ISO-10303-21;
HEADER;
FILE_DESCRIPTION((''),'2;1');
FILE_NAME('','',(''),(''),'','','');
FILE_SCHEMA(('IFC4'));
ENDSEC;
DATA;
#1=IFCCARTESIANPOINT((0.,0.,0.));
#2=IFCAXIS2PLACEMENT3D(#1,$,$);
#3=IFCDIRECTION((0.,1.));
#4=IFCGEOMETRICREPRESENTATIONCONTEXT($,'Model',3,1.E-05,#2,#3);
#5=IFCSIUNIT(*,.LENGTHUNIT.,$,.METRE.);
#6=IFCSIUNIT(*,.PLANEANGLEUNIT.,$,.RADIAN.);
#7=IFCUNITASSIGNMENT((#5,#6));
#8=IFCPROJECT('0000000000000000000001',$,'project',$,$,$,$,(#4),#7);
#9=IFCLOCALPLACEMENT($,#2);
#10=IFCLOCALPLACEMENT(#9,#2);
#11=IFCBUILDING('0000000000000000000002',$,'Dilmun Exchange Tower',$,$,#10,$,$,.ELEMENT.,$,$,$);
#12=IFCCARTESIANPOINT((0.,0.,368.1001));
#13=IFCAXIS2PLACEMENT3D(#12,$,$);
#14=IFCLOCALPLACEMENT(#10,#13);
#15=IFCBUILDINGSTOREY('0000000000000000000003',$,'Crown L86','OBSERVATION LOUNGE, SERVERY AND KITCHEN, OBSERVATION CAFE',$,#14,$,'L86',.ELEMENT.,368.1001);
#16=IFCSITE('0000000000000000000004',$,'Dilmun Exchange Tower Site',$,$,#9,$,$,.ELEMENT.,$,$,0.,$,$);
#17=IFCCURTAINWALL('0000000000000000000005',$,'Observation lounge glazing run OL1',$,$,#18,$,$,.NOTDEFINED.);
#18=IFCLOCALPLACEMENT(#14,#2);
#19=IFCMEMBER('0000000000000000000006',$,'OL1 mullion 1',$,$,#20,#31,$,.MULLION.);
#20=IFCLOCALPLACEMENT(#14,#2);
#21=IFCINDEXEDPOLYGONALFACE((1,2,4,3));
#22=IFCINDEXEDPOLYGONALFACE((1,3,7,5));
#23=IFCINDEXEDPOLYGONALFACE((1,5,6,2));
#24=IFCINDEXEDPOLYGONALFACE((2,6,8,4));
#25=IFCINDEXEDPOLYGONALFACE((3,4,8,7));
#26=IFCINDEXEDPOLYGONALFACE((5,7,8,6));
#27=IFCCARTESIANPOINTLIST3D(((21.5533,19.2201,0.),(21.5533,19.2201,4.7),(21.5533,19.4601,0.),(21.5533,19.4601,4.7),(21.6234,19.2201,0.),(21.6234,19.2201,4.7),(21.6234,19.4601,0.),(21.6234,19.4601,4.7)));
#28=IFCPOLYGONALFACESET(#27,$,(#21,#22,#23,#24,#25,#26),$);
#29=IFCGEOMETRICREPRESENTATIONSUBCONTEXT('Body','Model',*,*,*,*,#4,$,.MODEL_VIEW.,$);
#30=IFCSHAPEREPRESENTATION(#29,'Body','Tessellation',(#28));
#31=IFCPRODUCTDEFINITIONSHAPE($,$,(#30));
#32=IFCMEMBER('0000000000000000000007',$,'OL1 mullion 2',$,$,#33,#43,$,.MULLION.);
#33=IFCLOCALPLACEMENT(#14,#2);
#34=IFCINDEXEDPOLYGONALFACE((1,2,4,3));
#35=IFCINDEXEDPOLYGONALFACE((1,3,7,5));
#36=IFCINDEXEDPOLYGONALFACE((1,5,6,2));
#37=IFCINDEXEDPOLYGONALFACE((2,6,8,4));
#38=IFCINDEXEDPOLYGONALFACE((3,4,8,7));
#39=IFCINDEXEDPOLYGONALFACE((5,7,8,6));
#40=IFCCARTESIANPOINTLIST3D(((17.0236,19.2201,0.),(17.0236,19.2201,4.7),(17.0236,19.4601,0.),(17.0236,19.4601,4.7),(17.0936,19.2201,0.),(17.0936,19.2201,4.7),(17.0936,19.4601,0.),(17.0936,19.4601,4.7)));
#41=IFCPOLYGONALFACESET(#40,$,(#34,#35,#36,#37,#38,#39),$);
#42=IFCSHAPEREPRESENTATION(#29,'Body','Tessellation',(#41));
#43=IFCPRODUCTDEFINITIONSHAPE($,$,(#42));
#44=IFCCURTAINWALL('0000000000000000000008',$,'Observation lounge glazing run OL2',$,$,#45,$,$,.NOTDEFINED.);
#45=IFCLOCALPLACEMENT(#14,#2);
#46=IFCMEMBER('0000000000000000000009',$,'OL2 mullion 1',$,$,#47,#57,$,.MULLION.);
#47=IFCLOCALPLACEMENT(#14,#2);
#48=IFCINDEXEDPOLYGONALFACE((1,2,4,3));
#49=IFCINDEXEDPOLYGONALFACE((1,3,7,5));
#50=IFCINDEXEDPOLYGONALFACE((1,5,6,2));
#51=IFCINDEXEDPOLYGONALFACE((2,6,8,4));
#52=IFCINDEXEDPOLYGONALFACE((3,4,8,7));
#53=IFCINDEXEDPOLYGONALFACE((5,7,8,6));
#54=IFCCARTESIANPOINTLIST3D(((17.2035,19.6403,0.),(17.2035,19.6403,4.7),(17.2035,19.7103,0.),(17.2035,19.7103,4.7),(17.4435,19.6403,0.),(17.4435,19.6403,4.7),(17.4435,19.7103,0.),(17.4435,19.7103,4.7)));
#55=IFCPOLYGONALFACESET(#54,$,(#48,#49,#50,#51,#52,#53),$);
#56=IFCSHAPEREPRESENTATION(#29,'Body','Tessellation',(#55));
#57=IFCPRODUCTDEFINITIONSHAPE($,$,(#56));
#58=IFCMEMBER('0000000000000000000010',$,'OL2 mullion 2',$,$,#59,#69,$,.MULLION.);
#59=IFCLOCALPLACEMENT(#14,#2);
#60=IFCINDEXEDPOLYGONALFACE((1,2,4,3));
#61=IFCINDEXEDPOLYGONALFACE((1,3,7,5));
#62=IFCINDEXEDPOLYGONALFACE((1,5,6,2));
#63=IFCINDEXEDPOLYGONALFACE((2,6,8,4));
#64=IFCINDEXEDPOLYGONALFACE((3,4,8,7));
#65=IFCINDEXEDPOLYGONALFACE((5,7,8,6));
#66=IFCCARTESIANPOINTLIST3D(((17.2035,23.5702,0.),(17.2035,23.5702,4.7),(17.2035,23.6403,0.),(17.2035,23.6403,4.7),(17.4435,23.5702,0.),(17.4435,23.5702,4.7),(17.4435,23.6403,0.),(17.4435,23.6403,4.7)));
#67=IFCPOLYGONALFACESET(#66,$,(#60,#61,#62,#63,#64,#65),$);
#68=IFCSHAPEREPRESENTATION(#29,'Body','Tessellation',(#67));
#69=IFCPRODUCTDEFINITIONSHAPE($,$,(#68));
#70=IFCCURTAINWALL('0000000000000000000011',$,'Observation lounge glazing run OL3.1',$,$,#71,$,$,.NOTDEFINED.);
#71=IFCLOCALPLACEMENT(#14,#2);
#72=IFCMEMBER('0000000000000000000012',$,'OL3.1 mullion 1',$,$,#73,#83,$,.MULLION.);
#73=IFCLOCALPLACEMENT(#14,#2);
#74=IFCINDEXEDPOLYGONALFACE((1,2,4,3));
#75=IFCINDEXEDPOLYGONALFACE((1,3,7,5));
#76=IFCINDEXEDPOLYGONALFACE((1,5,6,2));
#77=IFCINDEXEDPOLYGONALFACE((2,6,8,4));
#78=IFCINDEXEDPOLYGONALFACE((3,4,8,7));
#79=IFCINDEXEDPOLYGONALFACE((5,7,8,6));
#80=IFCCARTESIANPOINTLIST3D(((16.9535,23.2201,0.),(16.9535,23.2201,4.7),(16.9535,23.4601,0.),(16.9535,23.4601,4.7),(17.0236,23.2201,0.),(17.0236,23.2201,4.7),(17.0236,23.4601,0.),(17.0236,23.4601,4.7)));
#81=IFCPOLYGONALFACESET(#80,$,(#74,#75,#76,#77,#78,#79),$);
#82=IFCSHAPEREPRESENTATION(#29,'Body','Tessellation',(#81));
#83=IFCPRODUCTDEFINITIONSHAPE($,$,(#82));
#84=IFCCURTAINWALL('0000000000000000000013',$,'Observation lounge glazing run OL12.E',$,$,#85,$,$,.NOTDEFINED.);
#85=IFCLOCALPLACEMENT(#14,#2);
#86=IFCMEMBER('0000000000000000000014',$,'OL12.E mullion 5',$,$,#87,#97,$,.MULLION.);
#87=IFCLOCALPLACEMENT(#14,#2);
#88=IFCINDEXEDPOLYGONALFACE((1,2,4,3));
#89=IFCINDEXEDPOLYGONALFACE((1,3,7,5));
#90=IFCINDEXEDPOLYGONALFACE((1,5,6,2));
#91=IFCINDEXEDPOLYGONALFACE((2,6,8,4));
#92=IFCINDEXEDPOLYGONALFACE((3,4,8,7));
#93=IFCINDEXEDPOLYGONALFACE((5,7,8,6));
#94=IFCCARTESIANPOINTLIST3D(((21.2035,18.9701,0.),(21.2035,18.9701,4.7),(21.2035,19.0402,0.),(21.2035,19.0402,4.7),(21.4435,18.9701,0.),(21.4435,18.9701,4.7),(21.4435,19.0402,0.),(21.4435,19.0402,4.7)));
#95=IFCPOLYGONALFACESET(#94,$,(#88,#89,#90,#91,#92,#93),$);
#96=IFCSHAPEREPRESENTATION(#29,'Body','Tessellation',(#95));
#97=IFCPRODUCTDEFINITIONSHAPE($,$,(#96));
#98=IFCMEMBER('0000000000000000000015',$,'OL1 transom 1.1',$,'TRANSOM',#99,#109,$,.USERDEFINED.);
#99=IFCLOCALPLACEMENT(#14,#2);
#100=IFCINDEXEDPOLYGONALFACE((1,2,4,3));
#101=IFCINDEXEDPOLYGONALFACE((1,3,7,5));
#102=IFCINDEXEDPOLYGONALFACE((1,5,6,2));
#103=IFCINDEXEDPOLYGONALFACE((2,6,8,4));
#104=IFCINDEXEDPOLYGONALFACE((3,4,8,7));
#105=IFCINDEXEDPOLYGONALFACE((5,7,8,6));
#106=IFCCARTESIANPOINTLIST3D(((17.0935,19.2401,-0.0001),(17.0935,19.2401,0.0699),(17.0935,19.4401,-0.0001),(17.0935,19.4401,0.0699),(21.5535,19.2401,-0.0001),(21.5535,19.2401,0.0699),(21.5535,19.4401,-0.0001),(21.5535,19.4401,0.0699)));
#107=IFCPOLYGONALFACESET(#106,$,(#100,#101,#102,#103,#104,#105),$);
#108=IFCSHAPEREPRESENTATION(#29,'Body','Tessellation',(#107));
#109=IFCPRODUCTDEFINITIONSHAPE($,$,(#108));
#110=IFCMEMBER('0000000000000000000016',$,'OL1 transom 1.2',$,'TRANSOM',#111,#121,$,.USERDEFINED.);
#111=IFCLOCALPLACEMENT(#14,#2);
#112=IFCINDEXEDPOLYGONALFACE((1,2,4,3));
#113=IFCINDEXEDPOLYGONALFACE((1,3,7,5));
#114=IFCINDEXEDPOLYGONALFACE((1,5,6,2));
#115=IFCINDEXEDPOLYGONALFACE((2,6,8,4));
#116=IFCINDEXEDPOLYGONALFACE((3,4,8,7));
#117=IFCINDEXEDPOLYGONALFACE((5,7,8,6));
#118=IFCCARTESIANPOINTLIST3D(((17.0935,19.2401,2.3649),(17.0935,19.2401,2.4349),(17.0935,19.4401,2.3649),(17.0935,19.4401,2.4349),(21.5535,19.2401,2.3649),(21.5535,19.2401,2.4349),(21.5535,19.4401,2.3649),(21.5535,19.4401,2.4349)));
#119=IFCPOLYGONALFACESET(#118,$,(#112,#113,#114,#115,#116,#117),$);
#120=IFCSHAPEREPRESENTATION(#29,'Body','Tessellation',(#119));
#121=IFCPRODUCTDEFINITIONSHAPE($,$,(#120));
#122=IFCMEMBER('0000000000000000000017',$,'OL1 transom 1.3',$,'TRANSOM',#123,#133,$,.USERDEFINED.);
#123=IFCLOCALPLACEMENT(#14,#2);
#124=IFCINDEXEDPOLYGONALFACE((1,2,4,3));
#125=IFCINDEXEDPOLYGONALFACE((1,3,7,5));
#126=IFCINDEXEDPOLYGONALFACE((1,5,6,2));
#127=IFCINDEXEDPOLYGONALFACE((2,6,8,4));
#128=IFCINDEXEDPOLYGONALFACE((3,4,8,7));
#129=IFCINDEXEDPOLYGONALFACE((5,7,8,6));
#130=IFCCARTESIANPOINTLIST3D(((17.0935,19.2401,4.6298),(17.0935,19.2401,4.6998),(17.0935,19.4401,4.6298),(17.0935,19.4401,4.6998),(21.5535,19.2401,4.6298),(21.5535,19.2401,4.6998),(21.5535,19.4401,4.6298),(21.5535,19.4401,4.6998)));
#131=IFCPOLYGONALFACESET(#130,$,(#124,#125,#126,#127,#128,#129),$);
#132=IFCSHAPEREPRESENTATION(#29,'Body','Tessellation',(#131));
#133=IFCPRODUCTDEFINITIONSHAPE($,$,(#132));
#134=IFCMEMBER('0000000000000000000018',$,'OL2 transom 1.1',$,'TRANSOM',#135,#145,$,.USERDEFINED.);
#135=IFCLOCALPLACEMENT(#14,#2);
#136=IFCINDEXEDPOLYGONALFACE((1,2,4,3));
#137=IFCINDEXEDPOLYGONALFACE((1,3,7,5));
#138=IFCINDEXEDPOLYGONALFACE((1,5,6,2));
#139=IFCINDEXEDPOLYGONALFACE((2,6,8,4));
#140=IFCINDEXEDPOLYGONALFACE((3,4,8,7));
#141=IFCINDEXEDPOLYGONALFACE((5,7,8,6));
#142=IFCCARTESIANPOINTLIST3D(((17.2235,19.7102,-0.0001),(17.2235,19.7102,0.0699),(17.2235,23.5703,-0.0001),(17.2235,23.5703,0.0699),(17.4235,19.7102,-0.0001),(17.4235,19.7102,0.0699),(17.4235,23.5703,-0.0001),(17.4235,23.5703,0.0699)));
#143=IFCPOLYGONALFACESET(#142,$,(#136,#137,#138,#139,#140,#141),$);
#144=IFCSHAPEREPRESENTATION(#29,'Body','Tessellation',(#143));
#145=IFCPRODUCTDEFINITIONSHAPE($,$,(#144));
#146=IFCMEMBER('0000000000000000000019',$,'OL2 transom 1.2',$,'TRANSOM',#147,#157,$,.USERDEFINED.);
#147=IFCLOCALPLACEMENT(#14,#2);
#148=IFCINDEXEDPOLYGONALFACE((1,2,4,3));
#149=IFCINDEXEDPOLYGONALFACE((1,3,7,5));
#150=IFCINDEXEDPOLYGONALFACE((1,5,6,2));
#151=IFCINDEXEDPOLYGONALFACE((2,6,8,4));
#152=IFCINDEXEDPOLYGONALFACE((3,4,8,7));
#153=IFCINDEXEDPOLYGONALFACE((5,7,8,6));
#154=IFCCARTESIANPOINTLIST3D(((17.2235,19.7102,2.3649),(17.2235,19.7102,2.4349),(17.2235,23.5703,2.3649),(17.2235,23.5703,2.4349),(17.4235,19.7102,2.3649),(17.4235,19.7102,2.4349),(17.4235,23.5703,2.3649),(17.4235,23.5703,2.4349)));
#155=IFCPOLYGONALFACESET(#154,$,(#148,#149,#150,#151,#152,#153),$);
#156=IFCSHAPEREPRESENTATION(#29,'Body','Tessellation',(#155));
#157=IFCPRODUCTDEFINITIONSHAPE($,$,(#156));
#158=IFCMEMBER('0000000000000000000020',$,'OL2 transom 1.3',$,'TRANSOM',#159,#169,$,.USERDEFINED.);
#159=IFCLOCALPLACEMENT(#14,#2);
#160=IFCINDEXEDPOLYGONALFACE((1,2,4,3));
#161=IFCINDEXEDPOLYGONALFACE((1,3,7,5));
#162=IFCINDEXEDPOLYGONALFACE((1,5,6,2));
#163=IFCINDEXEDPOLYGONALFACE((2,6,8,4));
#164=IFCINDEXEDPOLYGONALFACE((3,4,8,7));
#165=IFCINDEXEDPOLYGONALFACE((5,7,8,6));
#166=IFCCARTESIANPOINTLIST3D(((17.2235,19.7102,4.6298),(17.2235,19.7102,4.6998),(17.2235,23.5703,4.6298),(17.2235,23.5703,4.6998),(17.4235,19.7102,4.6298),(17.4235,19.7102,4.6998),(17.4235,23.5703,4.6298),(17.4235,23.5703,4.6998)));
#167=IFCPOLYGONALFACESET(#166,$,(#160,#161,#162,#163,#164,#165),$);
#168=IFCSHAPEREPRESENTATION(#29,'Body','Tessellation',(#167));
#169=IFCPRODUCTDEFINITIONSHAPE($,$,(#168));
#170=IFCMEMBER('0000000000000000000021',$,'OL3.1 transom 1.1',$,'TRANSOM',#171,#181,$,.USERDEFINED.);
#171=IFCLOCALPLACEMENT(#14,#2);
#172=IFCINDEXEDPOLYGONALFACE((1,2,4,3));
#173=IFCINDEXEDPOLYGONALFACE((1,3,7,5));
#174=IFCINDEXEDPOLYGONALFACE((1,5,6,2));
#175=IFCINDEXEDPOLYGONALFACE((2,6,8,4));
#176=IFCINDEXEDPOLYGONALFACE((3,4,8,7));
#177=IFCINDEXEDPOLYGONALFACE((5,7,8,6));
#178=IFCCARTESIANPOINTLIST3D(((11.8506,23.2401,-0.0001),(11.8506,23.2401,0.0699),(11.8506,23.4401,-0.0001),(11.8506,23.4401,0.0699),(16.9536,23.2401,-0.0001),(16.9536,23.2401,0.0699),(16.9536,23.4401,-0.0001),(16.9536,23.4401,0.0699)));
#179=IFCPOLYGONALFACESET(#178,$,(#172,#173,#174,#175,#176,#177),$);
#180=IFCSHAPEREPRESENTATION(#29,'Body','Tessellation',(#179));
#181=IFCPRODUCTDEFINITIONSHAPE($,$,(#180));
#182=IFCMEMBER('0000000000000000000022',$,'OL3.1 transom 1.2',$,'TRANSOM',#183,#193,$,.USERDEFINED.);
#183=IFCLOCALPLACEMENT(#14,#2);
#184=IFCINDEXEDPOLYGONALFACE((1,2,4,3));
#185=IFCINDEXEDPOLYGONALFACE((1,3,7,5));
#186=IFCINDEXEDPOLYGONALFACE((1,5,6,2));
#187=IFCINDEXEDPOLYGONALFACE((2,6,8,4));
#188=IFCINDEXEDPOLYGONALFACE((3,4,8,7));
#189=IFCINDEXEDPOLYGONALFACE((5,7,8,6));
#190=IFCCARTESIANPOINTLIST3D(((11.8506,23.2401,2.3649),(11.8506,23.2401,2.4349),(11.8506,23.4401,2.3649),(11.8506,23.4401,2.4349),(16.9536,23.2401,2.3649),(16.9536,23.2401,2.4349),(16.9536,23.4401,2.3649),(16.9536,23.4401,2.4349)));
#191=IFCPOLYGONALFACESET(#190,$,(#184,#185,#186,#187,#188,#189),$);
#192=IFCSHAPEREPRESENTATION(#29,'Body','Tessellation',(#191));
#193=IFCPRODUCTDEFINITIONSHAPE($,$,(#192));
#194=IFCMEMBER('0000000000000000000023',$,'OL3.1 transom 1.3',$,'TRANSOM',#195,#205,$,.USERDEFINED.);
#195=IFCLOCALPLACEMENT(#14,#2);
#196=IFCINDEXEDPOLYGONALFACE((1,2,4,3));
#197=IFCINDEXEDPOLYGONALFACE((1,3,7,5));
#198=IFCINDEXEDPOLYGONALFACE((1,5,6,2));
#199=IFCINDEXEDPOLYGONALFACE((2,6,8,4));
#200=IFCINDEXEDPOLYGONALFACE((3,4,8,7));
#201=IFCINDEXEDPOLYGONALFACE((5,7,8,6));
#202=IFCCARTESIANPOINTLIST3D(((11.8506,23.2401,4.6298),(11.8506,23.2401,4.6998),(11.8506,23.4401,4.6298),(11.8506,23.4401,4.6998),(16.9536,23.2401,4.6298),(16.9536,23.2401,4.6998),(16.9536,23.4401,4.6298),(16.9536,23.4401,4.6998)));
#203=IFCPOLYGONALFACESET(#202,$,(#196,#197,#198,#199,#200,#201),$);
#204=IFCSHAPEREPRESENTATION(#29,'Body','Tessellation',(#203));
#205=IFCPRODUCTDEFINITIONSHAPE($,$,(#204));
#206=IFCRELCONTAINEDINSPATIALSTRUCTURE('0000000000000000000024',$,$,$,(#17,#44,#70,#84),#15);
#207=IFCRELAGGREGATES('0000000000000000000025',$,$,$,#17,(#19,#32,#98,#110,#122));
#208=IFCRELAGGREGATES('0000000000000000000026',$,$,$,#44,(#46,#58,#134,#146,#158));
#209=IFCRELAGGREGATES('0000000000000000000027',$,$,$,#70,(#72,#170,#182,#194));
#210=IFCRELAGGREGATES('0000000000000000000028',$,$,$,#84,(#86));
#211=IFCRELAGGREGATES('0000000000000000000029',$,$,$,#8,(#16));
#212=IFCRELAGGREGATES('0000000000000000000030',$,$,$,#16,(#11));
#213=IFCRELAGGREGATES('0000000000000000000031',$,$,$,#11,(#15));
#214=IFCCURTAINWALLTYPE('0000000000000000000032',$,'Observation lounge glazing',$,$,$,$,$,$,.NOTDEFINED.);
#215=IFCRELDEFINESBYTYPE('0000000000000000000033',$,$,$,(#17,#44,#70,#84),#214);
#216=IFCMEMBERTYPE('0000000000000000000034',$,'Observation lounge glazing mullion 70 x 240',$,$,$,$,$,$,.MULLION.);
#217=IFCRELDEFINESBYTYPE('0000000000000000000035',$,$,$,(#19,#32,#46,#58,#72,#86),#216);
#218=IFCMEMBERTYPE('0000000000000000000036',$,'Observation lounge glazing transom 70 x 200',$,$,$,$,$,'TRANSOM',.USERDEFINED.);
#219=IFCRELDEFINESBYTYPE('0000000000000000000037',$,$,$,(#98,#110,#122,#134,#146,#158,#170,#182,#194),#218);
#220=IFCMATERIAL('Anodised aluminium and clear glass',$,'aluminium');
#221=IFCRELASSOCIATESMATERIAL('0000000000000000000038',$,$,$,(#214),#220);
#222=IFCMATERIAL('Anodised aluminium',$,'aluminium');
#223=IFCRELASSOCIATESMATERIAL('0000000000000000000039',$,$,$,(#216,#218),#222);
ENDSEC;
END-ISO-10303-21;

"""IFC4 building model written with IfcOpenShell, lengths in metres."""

from ifc_helpers import new_model, si_unit, direction, frame, origin, origin_2d, place, context, subcontext, project, spatial, rectangle, extrude, material, material_profile, profile_set, type_object, element, aggregate, save


model = new_model("IFC4")

# Units and contexts
model_context = context("Model", 3, precision=1e-05, world=origin(), true_north=direction((0.0, 1.0)))
body_context = subcontext(model_context, "Body", "Model", "MODEL_VIEW")
ifc_project = project(units=[si_unit("LENGTHUNIT", "METRE"), si_unit("PLANEANGLEUNIT", "RADIAN")], contexts=[model_context])

# Site, building, storey
site_placement = place(None, origin())
site = spatial("IfcSite", under=ifc_project, at=site_placement, Name="Dilmun Exchange Tower Site", CompositionType="ELEMENT", RefElevation=0.0)
building_placement = place(site_placement, origin())
building = spatial("IfcBuilding", under=site, at=building_placement, Name="Dilmun Exchange Tower", CompositionType="ELEMENT")
storey_placement = place(building_placement, frame((0.0, 0.0, 368.1001)))
storey = spatial("IfcBuildingStorey", under=building, at=storey_placement, Name="Crown L86", Description="OBSERVATION LOUNGE, SERVERY AND KITCHEN, OBSERVATION CAFE", LongName="L86", CompositionType="ELEMENT", Elevation=368.1001)

# Curtain walls, members
ifc_material_1 = material(Name="Anodised aluminium and clear glass", Category="aluminium")
curtain_wall_type = type_object("IfcCurtainWallType", Name="Observation lounge glazing", PredefinedType="NOTDEFINED", material=ifc_material_1)
curtain_wall_1_placement = place(storey_placement, origin())
curtain_wall_1 = element("IfcCurtainWall", 1, at=curtain_wall_1_placement, inside=storey, type_object=curtain_wall_type, Name="Observation lounge glazing run OL1", PredefinedType="NOTDEFINED")
ifc_material_2 = material(Name="Anodised aluminium", Category="aluminium")
ifc_material_profile_1 = material_profile(ifc_material_2, rectangle(XDim=0.24, YDim=0.0701, at=origin_2d()), Name="AL 70x240")
ifc_profile_set_1 = profile_set([ifc_material_profile_1], Name="Anodised aluminium")
member_type_1 = type_object("IfcMemberType", Name="Observation lounge glazing mullion 70 x 240", PredefinedType="MULLION", material=ifc_profile_set_1)
member_1_placement = place(storey_placement, frame((21.5884, 19.3401, 0.0), z_axis=(0.0, 0.0, 1.0), x_axis=(0.0, -1.0, 0.0)))
member_1 = element("IfcMember", 2, at=member_1_placement, type_object=member_type_1, Name="OL1 mullion 1", PredefinedType="MULLION", context=body_context, shape_type="SweptSolid", body=[
    extrude(rectangle(XDim=0.24, YDim=0.0701, at=origin_2d()), origin(), (0.0, 0.0, 1.0), 4.7),
])
member_2_placement = place(storey_placement, frame((17.0586, 19.3401, 0.0), z_axis=(0.0, 0.0, 1.0), x_axis=(0.0, -1.0, 0.0)))
member_2 = element("IfcMember", 3, at=member_2_placement, type_object=member_type_1, Name="OL1 mullion 2", PredefinedType="MULLION", context=body_context, shape_type="SweptSolid", body=[
    extrude(rectangle(XDim=0.24, YDim=0.0701, at=origin_2d()), origin(), (0.0, 0.0, 1.0), 4.7),
])
curtain_wall_2_placement = place(storey_placement, origin())
curtain_wall_2 = element("IfcCurtainWall", 4, at=curtain_wall_2_placement, inside=storey, type_object=curtain_wall_type, Name="Observation lounge glazing run OL2", PredefinedType="NOTDEFINED")
member_3_placement = place(storey_placement, frame((17.3235, 19.6753, 0.0), z_axis=(0.0, 0.0, 1.0), x_axis=(-1.0, 0.0, 0.0)))
member_3 = element("IfcMember", 5, at=member_3_placement, type_object=member_type_1, Name="OL2 mullion 1", PredefinedType="MULLION", context=body_context, shape_type="SweptSolid", body=[
    extrude(rectangle(XDim=0.24, YDim=0.0701, at=origin_2d()), origin(), (0.0, 0.0, 1.0), 4.7),
])
member_4_placement = place(storey_placement, frame((17.3235, 23.6052, 0.0), z_axis=(0.0, 0.0, 1.0), x_axis=(-1.0, 0.0, 0.0)))
member_4 = element("IfcMember", 6, at=member_4_placement, type_object=member_type_1, Name="OL2 mullion 2", PredefinedType="MULLION", context=body_context, shape_type="SweptSolid", body=[
    extrude(rectangle(XDim=0.24, YDim=0.0701, at=origin_2d()), origin(), (0.0, 0.0, 1.0), 4.7),
])

# Curtain walls, members
curtain_wall_3_placement = place(storey_placement, origin())
curtain_wall_3 = element("IfcCurtainWall", 7, at=curtain_wall_3_placement, inside=storey, type_object=curtain_wall_type, Name="Observation lounge glazing run OL3.1", PredefinedType="NOTDEFINED")
member_5_placement = place(storey_placement, frame((16.9885, 23.3401, 0.0), z_axis=(0.0, 0.0, 1.0), x_axis=(0.0, -1.0, 0.0)))
member_5 = element("IfcMember", 8, at=member_5_placement, type_object=member_type_1, Name="OL3.1 mullion 1", PredefinedType="MULLION", context=body_context, shape_type="SweptSolid", body=[
    extrude(rectangle(XDim=0.24, YDim=0.0701, at=origin_2d()), origin(), (0.0, 0.0, 1.0), 4.7),
])
curtain_wall_4_placement = place(storey_placement, origin())
curtain_wall_4 = element("IfcCurtainWall", 9, at=curtain_wall_4_placement, inside=storey, type_object=curtain_wall_type, Name="Observation lounge glazing run OL12.E", PredefinedType="NOTDEFINED")
member_6_placement = place(storey_placement, frame((21.3235, 19.0051, 0.0), z_axis=(0.0, 0.0, 1.0), x_axis=(-1.0, 0.0, 0.0)))
member_6 = element("IfcMember", 10, at=member_6_placement, type_object=member_type_1, Name="OL12.E mullion 5", PredefinedType="MULLION", context=body_context, shape_type="SweptSolid", body=[
    extrude(rectangle(XDim=0.24, YDim=0.0701, at=origin_2d()), origin(), (0.0, 0.0, 1.0), 4.7),
])

# Members
ifc_material_profile_2 = material_profile(ifc_material_2, rectangle(XDim=0.2, YDim=0.0701, at=origin_2d()), Name="AL 70x200")
ifc_profile_set_2 = profile_set([ifc_material_profile_2], Name="Anodised aluminium")
member_type_2 = type_object("IfcMemberType", Name="Observation lounge glazing transom 70 x 200", ElementType="TRANSOM", PredefinedType="USERDEFINED", material=ifc_profile_set_2)
member_7_placement = place(storey_placement, frame((21.5535, 19.3401, 0.0349), z_axis=(-1.0, 0.0, 0.0), x_axis=(0.0, -1.0, 0.0)))
member_7 = element("IfcMember", 11, at=member_7_placement, type_object=member_type_2, Name="OL1 transom 1.1", ObjectType="TRANSOM", PredefinedType="USERDEFINED", context=body_context, shape_type="SweptSolid", body=[
    extrude(rectangle(XDim=0.2, YDim=0.0701, at=origin_2d()), origin(), (0.0, 0.0, 1.0), 4.46),
])
member_8_placement = place(storey_placement, frame((21.5535, 19.3401, 2.3999), z_axis=(-1.0, 0.0, 0.0), x_axis=(0.0, -1.0, 0.0)))
member_8 = element("IfcMember", 12, at=member_8_placement, type_object=member_type_2, Name="OL1 transom 1.2", ObjectType="TRANSOM", PredefinedType="USERDEFINED", context=body_context, shape_type="SweptSolid", body=[
    extrude(rectangle(XDim=0.2, YDim=0.0701, at=origin_2d()), origin(), (0.0, 0.0, 1.0), 4.46),
])
member_9_placement = place(storey_placement, frame((21.5535, 19.3401, 4.6648), z_axis=(-1.0, 0.0, 0.0), x_axis=(0.0, -1.0, 0.0)))
member_9 = element("IfcMember", 13, at=member_9_placement, type_object=member_type_2, Name="OL1 transom 1.3", ObjectType="TRANSOM", PredefinedType="USERDEFINED", context=body_context, shape_type="SweptSolid", body=[
    extrude(rectangle(XDim=0.2, YDim=0.0701, at=origin_2d()), origin(), (0.0, 0.0, 1.0), 4.46),
])
member_10_placement = place(storey_placement, frame((17.3235, 19.7102, 0.0349), z_axis=(0.0, 1.0, 0.0), x_axis=(-1.0, 0.0, 0.0)))
member_10 = element("IfcMember", 14, at=member_10_placement, type_object=member_type_2, Name="OL2 transom 1.1", ObjectType="TRANSOM", PredefinedType="USERDEFINED", context=body_context, shape_type="SweptSolid", body=[
    extrude(rectangle(XDim=0.2, YDim=0.0701, at=origin_2d()), origin(), (0.0, 0.0, 1.0), 3.8601),
])
member_11_placement = place(storey_placement, frame((17.3235, 19.7102, 2.3999), z_axis=(0.0, 1.0, 0.0), x_axis=(-1.0, 0.0, 0.0)))
member_11 = element("IfcMember", 15, at=member_11_placement, type_object=member_type_2, Name="OL2 transom 1.2", ObjectType="TRANSOM", PredefinedType="USERDEFINED", context=body_context, shape_type="SweptSolid", body=[
    extrude(rectangle(XDim=0.2, YDim=0.0701, at=origin_2d()), origin(), (0.0, 0.0, 1.0), 3.8601),
])
member_12_placement = place(storey_placement, frame((17.3235, 19.7102, 4.6648), z_axis=(0.0, 1.0, 0.0), x_axis=(-1.0, 0.0, 0.0)))
member_12 = element("IfcMember", 16, at=member_12_placement, type_object=member_type_2, Name="OL2 transom 1.3", ObjectType="TRANSOM", PredefinedType="USERDEFINED", context=body_context, shape_type="SweptSolid", body=[
    extrude(rectangle(XDim=0.2, YDim=0.0701, at=origin_2d()), origin(), (0.0, 0.0, 1.0), 3.8601),
])
member_13_placement = place(storey_placement, frame((16.9536, 23.3401, 0.0349), z_axis=(-1.0, 0.0, 0.0), x_axis=(0.0, -1.0, 0.0)))
member_13 = element("IfcMember", 17, at=member_13_placement, type_object=member_type_2, Name="OL3.1 transom 1.1", ObjectType="TRANSOM", PredefinedType="USERDEFINED", context=body_context, shape_type="SweptSolid", body=[
    extrude(rectangle(XDim=0.2, YDim=0.0701, at=origin_2d()), origin(), (0.0, 0.0, 1.0), 5.103),
])
member_14_placement = place(storey_placement, frame((16.9536, 23.3401, 2.3999), z_axis=(-1.0, 0.0, 0.0), x_axis=(0.0, -1.0, 0.0)))
member_14 = element("IfcMember", 18, at=member_14_placement, type_object=member_type_2, Name="OL3.1 transom 1.2", ObjectType="TRANSOM", PredefinedType="USERDEFINED", context=body_context, shape_type="SweptSolid", body=[
    extrude(rectangle(XDim=0.2, YDim=0.0701, at=origin_2d()), origin(), (0.0, 0.0, 1.0), 5.103),
])
member_15_placement = place(storey_placement, frame((16.9536, 23.3401, 4.6648), z_axis=(-1.0, 0.0, 0.0), x_axis=(0.0, -1.0, 0.0)))
member_15 = element("IfcMember", 19, at=member_15_placement, type_object=member_type_2, Name="OL3.1 transom 1.3", ObjectType="TRANSOM", PredefinedType="USERDEFINED", context=body_context, shape_type="SweptSolid", body=[
    extrude(rectangle(XDim=0.2, YDim=0.0701, at=origin_2d()), origin(), (0.0, 0.0, 1.0), 5.103),
])

aggregate(curtain_wall_1, [member_1, member_2, member_7, member_8, member_9])
aggregate(curtain_wall_2, [member_3, member_4, member_10, member_11, member_12])
aggregate(curtain_wall_3, [member_5, member_13, member_14, member_15])
aggregate(curtain_wall_4, [member_6])

save(model, "model.ifc")
